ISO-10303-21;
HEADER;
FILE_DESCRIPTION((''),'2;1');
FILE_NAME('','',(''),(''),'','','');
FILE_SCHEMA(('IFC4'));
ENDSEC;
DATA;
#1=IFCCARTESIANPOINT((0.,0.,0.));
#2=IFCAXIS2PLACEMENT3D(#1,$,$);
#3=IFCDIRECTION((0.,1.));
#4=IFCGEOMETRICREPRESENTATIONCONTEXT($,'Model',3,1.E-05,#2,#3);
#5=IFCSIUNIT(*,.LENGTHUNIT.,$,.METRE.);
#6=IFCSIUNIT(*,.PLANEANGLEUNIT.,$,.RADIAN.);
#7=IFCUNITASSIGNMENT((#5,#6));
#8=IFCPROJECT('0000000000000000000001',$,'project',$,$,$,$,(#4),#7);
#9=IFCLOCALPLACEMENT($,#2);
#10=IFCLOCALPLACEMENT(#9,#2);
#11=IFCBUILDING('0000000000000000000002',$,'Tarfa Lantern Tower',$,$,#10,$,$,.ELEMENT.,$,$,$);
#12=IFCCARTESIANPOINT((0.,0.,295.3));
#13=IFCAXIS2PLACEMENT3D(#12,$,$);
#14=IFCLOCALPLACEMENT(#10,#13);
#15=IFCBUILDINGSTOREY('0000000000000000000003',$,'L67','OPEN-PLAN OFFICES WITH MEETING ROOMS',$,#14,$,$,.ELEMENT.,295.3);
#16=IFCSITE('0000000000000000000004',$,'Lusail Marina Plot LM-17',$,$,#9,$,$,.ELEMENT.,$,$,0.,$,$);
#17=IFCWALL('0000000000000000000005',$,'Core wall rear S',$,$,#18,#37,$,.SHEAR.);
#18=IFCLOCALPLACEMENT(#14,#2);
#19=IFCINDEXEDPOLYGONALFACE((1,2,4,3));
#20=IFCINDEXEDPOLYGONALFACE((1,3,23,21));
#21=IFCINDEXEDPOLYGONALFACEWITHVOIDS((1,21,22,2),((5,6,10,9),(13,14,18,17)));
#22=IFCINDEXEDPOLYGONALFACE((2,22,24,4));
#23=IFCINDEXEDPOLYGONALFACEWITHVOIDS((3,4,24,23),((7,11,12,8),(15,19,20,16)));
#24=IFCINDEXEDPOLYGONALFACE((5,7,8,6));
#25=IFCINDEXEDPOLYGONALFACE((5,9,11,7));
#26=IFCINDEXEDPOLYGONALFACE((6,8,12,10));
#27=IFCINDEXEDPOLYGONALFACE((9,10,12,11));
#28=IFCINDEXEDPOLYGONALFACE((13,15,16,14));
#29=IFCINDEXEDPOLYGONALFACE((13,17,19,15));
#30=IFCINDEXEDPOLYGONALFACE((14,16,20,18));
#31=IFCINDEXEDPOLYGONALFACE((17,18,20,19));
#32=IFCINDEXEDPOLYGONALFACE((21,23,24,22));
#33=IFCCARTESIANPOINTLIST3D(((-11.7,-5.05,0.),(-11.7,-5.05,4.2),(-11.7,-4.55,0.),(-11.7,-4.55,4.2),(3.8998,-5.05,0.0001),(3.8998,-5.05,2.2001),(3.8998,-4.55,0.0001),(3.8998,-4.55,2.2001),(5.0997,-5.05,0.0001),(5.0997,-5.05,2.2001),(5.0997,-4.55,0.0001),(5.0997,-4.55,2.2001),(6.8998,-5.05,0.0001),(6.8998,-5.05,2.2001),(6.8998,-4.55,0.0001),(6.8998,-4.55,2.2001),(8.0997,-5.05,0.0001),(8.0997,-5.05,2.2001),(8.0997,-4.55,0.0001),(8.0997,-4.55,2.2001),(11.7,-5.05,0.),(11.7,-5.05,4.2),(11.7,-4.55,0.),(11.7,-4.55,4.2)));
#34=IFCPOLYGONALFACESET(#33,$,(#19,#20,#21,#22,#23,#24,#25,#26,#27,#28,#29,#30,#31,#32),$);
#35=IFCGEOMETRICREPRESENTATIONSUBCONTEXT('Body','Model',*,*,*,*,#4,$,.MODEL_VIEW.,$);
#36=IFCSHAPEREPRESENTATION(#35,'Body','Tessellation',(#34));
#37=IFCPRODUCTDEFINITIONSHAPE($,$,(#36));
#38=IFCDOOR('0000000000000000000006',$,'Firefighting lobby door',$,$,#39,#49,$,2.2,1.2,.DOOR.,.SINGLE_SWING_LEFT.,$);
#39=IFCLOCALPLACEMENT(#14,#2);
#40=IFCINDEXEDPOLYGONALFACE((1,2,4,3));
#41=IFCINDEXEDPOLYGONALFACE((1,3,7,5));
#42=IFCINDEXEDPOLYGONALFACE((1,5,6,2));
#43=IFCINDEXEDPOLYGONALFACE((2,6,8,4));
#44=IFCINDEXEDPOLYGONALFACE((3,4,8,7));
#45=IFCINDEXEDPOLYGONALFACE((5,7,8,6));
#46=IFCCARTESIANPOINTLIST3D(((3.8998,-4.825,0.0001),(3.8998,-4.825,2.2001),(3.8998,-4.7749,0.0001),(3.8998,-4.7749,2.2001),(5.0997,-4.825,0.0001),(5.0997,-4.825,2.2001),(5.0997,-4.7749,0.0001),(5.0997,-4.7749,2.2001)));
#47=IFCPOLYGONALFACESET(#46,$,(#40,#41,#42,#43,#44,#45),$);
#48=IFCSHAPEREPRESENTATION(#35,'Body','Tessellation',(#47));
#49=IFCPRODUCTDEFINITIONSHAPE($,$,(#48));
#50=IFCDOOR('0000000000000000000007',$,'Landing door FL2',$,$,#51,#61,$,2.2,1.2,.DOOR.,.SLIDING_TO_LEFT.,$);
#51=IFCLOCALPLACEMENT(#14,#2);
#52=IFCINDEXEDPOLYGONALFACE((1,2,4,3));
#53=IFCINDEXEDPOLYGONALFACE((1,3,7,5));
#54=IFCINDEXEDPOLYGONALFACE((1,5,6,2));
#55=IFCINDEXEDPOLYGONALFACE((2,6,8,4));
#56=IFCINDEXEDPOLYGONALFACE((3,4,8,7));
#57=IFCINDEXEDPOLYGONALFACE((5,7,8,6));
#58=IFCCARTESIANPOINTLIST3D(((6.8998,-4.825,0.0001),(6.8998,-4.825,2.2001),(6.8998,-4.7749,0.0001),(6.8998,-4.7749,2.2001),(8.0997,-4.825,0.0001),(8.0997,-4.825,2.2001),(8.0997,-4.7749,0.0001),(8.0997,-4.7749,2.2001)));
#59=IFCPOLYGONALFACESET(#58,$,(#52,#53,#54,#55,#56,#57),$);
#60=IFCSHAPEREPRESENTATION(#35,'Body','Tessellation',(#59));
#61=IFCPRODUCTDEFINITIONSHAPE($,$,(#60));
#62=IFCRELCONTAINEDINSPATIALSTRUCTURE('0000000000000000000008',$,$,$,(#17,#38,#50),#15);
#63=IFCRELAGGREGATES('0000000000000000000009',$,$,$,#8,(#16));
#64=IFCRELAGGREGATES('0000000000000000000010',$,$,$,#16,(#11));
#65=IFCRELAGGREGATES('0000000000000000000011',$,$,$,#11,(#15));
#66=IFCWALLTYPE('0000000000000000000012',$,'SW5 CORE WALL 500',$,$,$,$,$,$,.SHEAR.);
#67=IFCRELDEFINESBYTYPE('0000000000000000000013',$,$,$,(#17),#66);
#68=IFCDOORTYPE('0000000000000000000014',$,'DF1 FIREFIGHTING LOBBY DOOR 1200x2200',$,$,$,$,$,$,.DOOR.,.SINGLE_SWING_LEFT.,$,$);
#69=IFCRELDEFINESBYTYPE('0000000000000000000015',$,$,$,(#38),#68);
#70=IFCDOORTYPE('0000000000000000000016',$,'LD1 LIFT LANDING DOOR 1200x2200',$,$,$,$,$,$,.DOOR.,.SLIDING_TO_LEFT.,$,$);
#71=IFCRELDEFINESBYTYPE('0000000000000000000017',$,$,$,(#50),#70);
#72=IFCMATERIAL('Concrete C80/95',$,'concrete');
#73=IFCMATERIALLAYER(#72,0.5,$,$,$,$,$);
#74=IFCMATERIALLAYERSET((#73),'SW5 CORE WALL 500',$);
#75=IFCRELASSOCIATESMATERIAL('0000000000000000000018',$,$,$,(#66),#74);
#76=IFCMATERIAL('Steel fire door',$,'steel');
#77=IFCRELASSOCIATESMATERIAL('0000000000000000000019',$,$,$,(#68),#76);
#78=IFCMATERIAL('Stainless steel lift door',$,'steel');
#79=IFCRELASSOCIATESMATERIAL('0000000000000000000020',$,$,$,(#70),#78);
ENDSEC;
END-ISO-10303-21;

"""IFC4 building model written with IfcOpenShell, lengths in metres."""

from ifc_helpers import new_model, si_unit, direction, frame, frame_2d, origin, place, context, subcontext, project, spatial, rectangle, extrude, material, layer, layer_set, type_object, element, fill, save


model = new_model("IFC4")

# Units and contexts
model_context = context("Model", 3, precision=1e-05, world=origin(), true_north=direction((0.0, 1.0)))
body_context = subcontext(model_context, "Body", "Model", "MODEL_VIEW")
ifc_project = project(units=[si_unit("LENGTHUNIT", "METRE"), si_unit("PLANEANGLEUNIT", "RADIAN")], contexts=[model_context])

# Site, building, storey
site_placement = place(None, origin())
site = spatial("IfcSite", under=ifc_project, at=site_placement, Name="Lusail Marina Plot LM-17", CompositionType="ELEMENT", RefElevation=0.0)
building_placement = place(site_placement, origin())
building = spatial("IfcBuilding", under=site, at=building_placement, Name="Tarfa Lantern Tower", CompositionType="ELEMENT")
storey_placement = place(building_placement, frame((0.0, 0.0, 295.3)))
storey = spatial("IfcBuildingStorey", under=building, at=storey_placement, Name="L67", Description="OPEN-PLAN OFFICES WITH MEETING ROOMS", CompositionType="ELEMENT", Elevation=295.3)

# Shared definitions
ifc_material_1 = material(Name="Concrete C80/95", Category="concrete")
ifc_material_2 = material(Name="Steel fire door", Category="steel")
ifc_layer_1 = layer(ifc_material_1, 0.5)
ifc_layer_set_1 = layer_set([ifc_layer_1], Name="SW5 CORE WALL 500")
wall_type_1 = type_object("IfcWallType", Name="SW5 CORE WALL 500", PredefinedType="SHEAR", material=ifc_layer_set_1)

# Wall, openings, doors
wall_1_placement = place(storey_placement, frame((11.7, -4.8, 0.0), z_axis=(0.0, 0.0, 1.0), x_axis=(-1.0, 0.0, 0.0)))
wall_1 = element("IfcWall", 1, at=wall_1_placement, inside=storey, type_object=wall_type_1, Name="Core wall rear S", PredefinedType="SHEAR", context=body_context, shape_type="SweptSolid", body=[
    extrude(rectangle(XDim=23.3999, YDim=0.5, at=frame_2d((11.7, 0.0))), origin(), (0.0, 0.0, 1.0), 4.2),
])
opening_1_placement = place(wall_1_placement, frame((6.6001, 0.0, 0.0)))
opening_1 = element("IfcOpeningElement", 2, at=opening_1_placement, cuts=wall_1, PredefinedType="OPENING", context=body_context, shape_type="SweptSolid", body=[
    extrude(rectangle(XDim=1.2, YDim=2.2, at=frame_2d((0.6001, 1.1001))), frame((0.0, 0.26, 0.0), z_axis=(0.0, -1.0, 0.0), x_axis=(1.0, 0.0, 0.0)), (0.0, 0.0, 1.0), 0.52),
])
opening_2_placement = place(wall_1_placement, frame((3.6001, 0.0, 0.0)))
opening_2 = element("IfcOpeningElement", 3, at=opening_2_placement, cuts=wall_1, PredefinedType="OPENING", context=body_context, shape_type="SweptSolid", body=[
    extrude(rectangle(XDim=1.2, YDim=2.2, at=frame_2d((0.6001, 1.1001))), frame((0.0, 0.26, 0.0), z_axis=(0.0, -1.0, 0.0), x_axis=(1.0, 0.0, 0.0)), (0.0, 0.0, 1.0), 0.52),
])
door_type_1 = type_object("IfcDoorType", Name="DF1 FIREFIGHTING LOBBY DOOR 1200x2200", OperationType="SINGLE_SWING_LEFT", PredefinedType="DOOR", material=ifc_material_2)
door_1_placement = place(opening_1_placement, origin())
door_1 = element("IfcDoor", 4, at=door_1_placement, inside=storey, type_object=door_type_1, Name="Firefighting lobby door", OperationType="SINGLE_SWING_LEFT", OverallHeight=2.2, OverallWidth=1.2, PredefinedType="DOOR", context=body_context, shape_type="SweptSolid", body=[
    extrude(rectangle(XDim=1.2, YDim=2.2, at=frame_2d((0.6001, 1.1001))), frame((0.0, 0.0249, 0.0), z_axis=(0.0, -1.0, 0.0), x_axis=(1.0, 0.0, 0.0)), (0.0, 0.0, 1.0), 0.05),
])
fill(opening_1, door_1)
ifc_material_3 = material(Name="Stainless steel lift door", Category="steel")
door_type_2 = type_object("IfcDoorType", Name="LD1 LIFT LANDING DOOR 1200x2200", OperationType="SLIDING_TO_LEFT", PredefinedType="DOOR", material=ifc_material_3)
door_2_placement = place(opening_2_placement, origin())
door_2 = element("IfcDoor", 5, at=door_2_placement, inside=storey, type_object=door_type_2, Name="Landing door FL2", OperationType="SLIDING_TO_LEFT", OverallHeight=2.2, OverallWidth=1.2, PredefinedType="DOOR", context=body_context, shape_type="SweptSolid", body=[
    extrude(rectangle(XDim=1.2, YDim=2.2, at=frame_2d((0.6001, 1.1001))), frame((0.0, 0.0249, 0.0), z_axis=(0.0, -1.0, 0.0), x_axis=(1.0, 0.0, 0.0)), (0.0, 0.0, 1.0), 0.05),
])
fill(opening_2, door_2)

save(model, "model.ifc")
